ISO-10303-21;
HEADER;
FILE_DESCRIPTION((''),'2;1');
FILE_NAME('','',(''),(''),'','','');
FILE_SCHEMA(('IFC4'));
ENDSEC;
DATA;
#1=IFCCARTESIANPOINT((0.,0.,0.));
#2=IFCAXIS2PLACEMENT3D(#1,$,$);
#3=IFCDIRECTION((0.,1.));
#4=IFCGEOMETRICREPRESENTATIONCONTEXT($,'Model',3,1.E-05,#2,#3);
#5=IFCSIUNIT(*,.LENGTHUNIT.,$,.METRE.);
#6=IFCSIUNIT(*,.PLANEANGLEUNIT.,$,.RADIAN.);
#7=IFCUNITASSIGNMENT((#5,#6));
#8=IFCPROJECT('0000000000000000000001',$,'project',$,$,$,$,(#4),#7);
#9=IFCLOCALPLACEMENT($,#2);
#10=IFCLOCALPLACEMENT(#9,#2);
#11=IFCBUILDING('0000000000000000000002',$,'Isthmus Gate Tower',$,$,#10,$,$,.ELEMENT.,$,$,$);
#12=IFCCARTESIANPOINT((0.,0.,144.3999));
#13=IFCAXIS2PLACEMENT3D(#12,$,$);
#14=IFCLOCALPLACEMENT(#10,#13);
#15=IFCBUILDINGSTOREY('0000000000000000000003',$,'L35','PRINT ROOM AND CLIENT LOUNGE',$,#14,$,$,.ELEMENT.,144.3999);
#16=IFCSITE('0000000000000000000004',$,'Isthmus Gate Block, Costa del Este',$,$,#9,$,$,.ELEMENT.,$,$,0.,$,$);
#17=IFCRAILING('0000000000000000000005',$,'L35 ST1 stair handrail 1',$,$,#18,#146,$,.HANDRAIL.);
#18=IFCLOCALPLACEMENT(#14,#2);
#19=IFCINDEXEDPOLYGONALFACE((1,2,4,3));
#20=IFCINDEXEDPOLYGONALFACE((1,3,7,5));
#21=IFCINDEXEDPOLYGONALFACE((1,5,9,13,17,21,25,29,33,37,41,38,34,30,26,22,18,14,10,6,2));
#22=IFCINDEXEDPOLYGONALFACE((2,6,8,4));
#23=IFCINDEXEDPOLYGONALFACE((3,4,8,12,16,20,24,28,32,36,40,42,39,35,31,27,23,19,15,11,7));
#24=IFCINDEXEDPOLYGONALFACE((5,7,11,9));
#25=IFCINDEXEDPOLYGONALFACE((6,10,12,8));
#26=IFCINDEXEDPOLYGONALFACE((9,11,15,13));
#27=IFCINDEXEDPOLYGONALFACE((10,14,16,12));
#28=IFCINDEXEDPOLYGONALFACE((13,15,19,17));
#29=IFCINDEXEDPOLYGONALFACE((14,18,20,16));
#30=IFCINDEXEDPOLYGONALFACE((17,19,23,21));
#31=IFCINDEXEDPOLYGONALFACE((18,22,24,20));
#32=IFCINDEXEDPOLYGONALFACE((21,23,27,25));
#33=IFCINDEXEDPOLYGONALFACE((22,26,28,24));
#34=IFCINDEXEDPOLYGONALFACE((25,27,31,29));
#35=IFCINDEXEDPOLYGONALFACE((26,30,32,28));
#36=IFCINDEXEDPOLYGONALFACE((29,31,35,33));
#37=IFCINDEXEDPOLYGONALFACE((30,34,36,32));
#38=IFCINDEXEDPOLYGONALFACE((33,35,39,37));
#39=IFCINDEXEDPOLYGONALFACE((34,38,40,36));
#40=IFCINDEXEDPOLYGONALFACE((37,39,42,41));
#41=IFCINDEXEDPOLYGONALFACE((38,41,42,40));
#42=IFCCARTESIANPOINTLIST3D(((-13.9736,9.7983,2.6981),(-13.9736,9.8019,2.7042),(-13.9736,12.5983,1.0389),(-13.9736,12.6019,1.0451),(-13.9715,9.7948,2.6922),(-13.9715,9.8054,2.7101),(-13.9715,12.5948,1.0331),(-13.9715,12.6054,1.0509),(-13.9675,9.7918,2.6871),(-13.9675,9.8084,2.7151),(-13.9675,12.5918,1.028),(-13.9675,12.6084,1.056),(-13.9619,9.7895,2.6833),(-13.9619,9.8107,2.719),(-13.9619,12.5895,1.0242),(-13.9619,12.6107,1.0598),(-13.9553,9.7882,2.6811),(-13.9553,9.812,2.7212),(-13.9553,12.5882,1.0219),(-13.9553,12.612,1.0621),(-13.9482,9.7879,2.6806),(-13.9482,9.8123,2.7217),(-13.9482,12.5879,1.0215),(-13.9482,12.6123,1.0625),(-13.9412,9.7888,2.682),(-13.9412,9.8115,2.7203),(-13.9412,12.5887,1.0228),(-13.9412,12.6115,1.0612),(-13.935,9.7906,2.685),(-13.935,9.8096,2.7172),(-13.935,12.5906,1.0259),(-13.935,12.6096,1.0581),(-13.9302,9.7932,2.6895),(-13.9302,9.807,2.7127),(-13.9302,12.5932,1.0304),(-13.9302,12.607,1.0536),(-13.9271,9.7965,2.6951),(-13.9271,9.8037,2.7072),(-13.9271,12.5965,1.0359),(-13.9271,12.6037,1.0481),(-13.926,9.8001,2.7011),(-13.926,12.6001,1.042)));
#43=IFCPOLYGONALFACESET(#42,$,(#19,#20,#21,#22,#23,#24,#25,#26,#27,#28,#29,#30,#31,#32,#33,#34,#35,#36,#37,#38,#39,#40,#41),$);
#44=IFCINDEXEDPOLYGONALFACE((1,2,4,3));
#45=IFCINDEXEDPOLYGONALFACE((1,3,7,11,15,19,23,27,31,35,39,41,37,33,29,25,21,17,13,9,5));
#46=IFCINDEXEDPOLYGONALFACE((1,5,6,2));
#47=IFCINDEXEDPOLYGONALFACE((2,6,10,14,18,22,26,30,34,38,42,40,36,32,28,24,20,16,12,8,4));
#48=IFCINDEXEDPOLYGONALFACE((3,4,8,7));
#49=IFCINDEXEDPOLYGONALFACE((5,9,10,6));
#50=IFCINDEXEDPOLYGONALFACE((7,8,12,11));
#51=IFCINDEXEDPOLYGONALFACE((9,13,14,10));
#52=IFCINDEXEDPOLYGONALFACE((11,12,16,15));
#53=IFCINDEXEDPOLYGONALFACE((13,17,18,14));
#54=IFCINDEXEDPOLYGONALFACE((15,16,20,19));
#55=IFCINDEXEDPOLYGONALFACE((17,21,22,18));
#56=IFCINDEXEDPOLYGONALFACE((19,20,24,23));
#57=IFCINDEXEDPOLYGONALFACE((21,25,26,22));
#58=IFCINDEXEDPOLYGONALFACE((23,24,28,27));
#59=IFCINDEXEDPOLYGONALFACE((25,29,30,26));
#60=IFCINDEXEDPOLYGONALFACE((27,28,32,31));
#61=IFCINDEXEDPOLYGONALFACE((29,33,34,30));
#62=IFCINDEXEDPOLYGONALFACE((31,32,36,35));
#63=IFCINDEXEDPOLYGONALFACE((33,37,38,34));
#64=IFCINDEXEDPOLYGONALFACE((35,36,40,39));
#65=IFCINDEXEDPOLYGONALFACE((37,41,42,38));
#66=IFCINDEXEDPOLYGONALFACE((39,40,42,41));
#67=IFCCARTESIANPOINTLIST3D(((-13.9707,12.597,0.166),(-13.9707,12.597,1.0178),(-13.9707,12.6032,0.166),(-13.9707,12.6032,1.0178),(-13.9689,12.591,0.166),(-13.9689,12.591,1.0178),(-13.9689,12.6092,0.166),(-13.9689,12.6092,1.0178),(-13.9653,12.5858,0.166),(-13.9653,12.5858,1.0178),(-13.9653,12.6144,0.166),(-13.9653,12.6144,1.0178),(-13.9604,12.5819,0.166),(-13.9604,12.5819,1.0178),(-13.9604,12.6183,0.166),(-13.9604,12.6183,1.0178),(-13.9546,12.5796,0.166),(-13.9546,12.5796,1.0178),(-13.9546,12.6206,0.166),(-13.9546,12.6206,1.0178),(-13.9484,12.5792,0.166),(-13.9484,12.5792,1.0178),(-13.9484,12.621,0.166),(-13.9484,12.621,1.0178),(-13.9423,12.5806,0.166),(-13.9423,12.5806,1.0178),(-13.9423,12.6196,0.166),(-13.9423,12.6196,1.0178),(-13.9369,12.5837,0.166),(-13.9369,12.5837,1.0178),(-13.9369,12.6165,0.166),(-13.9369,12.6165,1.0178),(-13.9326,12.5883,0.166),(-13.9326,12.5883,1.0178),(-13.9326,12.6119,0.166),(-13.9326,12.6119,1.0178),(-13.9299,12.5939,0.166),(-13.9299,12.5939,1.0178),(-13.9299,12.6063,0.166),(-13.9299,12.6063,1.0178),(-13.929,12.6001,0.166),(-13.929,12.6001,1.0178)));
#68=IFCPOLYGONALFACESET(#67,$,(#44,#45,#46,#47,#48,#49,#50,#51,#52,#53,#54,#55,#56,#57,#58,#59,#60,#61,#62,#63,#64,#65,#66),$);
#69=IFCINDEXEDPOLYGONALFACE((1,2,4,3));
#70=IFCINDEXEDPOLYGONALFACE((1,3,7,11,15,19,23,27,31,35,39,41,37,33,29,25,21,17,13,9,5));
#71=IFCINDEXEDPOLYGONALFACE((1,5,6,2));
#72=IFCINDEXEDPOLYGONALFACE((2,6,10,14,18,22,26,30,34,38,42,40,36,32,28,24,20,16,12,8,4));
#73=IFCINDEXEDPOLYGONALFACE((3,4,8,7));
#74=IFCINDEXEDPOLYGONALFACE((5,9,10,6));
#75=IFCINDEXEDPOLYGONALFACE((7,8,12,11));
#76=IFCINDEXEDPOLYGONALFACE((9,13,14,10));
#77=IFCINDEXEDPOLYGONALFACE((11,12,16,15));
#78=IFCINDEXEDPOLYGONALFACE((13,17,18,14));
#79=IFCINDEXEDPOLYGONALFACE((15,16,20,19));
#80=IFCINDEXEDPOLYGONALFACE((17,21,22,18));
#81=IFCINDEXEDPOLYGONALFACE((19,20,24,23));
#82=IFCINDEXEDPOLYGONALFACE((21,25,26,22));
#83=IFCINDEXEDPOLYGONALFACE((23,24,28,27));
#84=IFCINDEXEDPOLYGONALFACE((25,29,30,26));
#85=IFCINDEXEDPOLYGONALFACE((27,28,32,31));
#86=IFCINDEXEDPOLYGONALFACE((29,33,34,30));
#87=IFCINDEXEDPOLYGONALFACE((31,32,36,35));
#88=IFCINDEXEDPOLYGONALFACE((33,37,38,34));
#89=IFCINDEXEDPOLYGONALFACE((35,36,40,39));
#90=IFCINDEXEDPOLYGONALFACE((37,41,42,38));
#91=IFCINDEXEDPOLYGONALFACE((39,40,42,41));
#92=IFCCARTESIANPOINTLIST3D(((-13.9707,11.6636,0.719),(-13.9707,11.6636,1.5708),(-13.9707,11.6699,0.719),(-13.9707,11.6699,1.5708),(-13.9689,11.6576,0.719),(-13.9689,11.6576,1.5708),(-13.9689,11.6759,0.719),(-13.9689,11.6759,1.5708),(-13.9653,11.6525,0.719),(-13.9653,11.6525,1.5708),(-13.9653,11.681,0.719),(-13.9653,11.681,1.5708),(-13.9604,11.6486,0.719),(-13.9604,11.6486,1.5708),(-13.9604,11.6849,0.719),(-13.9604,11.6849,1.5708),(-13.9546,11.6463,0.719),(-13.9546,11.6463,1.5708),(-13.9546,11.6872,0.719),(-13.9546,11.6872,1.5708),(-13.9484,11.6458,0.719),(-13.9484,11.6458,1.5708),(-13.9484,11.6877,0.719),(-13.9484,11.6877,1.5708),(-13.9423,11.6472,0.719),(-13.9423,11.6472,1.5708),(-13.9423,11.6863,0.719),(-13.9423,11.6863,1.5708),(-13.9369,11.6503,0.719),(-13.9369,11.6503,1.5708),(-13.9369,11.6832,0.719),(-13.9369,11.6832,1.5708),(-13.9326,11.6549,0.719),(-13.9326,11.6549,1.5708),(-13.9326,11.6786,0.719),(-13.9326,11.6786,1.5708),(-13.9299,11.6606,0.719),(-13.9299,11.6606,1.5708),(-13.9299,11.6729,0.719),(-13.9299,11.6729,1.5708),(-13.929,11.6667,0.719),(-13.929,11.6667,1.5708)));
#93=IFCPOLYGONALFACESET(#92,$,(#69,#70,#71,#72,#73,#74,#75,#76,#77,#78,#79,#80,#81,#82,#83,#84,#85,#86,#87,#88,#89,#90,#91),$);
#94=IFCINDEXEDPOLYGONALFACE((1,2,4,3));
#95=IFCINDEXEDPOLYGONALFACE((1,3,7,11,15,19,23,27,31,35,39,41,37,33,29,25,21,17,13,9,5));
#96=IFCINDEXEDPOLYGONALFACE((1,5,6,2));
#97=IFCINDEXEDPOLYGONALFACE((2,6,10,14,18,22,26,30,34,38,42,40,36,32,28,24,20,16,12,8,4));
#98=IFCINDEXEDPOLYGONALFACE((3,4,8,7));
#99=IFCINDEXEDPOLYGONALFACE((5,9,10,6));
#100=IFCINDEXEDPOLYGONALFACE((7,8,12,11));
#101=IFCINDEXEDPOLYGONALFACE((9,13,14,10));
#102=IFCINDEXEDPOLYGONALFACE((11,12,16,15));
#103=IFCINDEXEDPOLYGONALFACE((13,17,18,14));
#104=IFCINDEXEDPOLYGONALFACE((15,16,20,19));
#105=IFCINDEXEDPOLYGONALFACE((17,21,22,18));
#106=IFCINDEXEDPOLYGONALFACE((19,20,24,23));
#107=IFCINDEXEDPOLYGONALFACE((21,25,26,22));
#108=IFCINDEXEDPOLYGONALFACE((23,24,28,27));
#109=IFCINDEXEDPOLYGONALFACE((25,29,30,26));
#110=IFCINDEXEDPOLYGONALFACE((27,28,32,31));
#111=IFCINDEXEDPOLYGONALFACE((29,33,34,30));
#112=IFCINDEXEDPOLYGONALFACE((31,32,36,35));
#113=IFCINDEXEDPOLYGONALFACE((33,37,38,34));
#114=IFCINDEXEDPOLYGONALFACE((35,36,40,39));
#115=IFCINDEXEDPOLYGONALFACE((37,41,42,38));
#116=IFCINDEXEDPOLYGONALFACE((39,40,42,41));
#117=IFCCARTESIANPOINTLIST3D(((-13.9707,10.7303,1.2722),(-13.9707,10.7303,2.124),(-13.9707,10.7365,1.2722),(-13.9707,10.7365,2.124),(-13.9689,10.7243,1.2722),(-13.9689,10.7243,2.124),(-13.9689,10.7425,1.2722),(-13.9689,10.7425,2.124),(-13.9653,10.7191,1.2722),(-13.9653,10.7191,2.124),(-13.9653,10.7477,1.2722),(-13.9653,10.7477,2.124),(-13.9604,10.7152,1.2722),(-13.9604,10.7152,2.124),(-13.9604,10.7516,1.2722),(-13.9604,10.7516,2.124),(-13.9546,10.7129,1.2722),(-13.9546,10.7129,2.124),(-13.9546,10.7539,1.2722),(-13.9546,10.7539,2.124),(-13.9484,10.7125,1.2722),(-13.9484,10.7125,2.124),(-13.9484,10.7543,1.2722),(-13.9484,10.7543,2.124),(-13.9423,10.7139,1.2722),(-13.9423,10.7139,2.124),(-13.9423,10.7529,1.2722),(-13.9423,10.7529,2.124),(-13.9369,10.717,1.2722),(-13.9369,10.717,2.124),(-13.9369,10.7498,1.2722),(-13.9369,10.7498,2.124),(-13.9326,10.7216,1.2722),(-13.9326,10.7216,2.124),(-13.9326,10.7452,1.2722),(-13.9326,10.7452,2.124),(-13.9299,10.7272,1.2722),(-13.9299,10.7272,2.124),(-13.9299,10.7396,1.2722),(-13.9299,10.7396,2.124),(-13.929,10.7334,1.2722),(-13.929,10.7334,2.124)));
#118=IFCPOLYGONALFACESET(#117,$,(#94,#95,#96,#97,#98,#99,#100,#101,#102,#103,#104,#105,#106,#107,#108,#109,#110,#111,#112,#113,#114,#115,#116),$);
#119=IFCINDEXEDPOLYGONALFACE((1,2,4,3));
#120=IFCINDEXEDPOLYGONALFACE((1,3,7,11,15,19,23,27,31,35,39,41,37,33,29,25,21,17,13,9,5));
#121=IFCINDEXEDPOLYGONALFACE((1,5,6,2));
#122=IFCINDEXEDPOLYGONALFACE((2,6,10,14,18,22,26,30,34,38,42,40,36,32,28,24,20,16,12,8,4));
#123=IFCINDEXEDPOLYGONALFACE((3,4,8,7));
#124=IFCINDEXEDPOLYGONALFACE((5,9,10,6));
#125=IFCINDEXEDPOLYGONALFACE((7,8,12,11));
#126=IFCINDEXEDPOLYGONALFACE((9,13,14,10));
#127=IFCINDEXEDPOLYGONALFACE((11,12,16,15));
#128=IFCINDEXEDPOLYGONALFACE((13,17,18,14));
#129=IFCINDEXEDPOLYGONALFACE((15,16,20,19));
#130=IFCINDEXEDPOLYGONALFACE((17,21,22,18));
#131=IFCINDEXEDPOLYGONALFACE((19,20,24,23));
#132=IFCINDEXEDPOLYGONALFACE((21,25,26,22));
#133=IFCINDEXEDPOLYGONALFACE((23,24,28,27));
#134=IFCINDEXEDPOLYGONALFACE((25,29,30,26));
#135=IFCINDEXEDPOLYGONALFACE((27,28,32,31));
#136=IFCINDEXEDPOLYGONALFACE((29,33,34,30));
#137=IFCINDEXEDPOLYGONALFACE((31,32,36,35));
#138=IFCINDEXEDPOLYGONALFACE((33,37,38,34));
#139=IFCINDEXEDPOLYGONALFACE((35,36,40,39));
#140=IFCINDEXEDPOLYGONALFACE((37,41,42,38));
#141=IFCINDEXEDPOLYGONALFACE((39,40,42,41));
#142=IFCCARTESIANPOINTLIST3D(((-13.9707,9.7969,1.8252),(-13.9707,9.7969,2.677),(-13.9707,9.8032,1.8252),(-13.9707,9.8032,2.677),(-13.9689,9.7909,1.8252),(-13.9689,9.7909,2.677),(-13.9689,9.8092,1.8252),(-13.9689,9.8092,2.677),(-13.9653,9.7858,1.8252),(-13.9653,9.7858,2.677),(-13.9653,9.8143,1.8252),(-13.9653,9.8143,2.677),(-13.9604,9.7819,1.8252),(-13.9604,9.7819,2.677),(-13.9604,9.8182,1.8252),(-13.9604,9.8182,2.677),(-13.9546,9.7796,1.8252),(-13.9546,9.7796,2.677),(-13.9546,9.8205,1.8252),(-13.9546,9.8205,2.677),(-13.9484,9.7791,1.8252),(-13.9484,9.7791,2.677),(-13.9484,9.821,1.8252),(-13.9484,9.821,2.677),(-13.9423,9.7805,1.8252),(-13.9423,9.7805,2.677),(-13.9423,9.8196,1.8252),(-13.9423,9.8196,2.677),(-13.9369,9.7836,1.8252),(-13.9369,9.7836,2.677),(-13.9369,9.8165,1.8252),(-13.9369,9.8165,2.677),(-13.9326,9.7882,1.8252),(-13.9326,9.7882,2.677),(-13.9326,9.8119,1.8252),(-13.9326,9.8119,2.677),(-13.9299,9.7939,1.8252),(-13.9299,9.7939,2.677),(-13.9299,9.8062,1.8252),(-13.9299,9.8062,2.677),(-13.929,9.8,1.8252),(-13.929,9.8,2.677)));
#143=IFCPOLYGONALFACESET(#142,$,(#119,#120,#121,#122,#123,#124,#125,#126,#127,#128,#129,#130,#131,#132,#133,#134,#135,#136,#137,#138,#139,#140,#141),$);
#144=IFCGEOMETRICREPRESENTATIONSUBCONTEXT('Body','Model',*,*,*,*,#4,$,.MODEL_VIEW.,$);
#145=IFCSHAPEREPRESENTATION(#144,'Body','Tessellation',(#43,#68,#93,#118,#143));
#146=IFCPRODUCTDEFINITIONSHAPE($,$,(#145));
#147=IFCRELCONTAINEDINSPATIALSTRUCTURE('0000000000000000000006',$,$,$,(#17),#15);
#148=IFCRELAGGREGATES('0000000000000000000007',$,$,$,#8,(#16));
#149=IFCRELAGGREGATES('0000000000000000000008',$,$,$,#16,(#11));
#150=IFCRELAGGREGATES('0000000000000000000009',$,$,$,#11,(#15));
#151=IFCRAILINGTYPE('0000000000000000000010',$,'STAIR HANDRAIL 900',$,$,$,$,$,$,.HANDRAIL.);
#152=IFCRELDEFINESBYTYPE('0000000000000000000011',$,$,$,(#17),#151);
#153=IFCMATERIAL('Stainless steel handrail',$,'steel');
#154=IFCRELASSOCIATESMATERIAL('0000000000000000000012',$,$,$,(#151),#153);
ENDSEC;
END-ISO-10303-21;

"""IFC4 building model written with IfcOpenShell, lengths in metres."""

from ifc_helpers import new_model, si_unit, direction, frame, origin, origin_2d, place, context, subcontext, project, spatial, circle, extrude, material, type_object, element, save


model = new_model("IFC4")

# Units and contexts
model_context = context("Model", 3, precision=1e-05, world=origin(), true_north=direction((0.0, 1.0)))
body_context = subcontext(model_context, "Body", "Model", "MODEL_VIEW")
ifc_project = project(units=[si_unit("LENGTHUNIT", "METRE"), si_unit("PLANEANGLEUNIT", "RADIAN")], contexts=[model_context])

# Site, building, storey
site_placement = place(None, origin())
site = spatial("IfcSite", under=ifc_project, at=site_placement, Name="Isthmus Gate Block, Costa del Este", CompositionType="ELEMENT", RefElevation=0.0)
building_placement = place(site_placement, origin())
building = spatial("IfcBuilding", under=site, at=building_placement, Name="Isthmus Gate Tower", CompositionType="ELEMENT")
storey_placement = place(building_placement, frame((0.0, 0.0, 144.3999)))
storey = spatial("IfcBuildingStorey", under=building, at=storey_placement, Name="L35", Description="PRINT ROOM AND CLIENT LOUNGE", CompositionType="ELEMENT", Elevation=144.3999)

# Railing
ifc_material_1 = material(Name="Stainless steel handrail", Category="steel")
railing_type_1 = type_object("IfcRailingType", Name="STAIR HANDRAIL 900", PredefinedType="HANDRAIL", material=ifc_material_1)
railing_1_placement = place(storey_placement, frame((-13.95, 12.6001, 0.166)))
element("IfcRailing", 1, at=railing_1_placement, inside=storey, type_object=railing_type_1, Name="L35 ST1 stair handrail 1", PredefinedType="HANDRAIL", context=body_context, shape_type="SweptSolid", body=[
    extrude(circle(Radius=0.0239, at=origin_2d()), frame((0.0, 0.0, 0.876), z_axis=(0.0, -0.860306, 0.509778), x_axis=(1.0, 0.0, 0.0)), (0.0, 0.0, 1.0), 3.2546),
    extrude(circle(Radius=0.021, at=origin_2d()), origin(), (0.0, 0.0, 1.0), 0.8518),
    extrude(circle(Radius=0.021, at=origin_2d()), frame((0.0, -0.9333, 0.553)), (0.0, 0.0, 1.0), 0.8518),
    extrude(circle(Radius=0.021, at=origin_2d()), frame((0.0, -1.8667, 1.1062)), (0.0, 0.0, 1.0), 0.8518),
    extrude(circle(Radius=0.021, at=origin_2d()), frame((0.0, -2.8, 1.6592)), (0.0, 0.0, 1.0), 0.8518),
])

save(model, "model.ifc")
